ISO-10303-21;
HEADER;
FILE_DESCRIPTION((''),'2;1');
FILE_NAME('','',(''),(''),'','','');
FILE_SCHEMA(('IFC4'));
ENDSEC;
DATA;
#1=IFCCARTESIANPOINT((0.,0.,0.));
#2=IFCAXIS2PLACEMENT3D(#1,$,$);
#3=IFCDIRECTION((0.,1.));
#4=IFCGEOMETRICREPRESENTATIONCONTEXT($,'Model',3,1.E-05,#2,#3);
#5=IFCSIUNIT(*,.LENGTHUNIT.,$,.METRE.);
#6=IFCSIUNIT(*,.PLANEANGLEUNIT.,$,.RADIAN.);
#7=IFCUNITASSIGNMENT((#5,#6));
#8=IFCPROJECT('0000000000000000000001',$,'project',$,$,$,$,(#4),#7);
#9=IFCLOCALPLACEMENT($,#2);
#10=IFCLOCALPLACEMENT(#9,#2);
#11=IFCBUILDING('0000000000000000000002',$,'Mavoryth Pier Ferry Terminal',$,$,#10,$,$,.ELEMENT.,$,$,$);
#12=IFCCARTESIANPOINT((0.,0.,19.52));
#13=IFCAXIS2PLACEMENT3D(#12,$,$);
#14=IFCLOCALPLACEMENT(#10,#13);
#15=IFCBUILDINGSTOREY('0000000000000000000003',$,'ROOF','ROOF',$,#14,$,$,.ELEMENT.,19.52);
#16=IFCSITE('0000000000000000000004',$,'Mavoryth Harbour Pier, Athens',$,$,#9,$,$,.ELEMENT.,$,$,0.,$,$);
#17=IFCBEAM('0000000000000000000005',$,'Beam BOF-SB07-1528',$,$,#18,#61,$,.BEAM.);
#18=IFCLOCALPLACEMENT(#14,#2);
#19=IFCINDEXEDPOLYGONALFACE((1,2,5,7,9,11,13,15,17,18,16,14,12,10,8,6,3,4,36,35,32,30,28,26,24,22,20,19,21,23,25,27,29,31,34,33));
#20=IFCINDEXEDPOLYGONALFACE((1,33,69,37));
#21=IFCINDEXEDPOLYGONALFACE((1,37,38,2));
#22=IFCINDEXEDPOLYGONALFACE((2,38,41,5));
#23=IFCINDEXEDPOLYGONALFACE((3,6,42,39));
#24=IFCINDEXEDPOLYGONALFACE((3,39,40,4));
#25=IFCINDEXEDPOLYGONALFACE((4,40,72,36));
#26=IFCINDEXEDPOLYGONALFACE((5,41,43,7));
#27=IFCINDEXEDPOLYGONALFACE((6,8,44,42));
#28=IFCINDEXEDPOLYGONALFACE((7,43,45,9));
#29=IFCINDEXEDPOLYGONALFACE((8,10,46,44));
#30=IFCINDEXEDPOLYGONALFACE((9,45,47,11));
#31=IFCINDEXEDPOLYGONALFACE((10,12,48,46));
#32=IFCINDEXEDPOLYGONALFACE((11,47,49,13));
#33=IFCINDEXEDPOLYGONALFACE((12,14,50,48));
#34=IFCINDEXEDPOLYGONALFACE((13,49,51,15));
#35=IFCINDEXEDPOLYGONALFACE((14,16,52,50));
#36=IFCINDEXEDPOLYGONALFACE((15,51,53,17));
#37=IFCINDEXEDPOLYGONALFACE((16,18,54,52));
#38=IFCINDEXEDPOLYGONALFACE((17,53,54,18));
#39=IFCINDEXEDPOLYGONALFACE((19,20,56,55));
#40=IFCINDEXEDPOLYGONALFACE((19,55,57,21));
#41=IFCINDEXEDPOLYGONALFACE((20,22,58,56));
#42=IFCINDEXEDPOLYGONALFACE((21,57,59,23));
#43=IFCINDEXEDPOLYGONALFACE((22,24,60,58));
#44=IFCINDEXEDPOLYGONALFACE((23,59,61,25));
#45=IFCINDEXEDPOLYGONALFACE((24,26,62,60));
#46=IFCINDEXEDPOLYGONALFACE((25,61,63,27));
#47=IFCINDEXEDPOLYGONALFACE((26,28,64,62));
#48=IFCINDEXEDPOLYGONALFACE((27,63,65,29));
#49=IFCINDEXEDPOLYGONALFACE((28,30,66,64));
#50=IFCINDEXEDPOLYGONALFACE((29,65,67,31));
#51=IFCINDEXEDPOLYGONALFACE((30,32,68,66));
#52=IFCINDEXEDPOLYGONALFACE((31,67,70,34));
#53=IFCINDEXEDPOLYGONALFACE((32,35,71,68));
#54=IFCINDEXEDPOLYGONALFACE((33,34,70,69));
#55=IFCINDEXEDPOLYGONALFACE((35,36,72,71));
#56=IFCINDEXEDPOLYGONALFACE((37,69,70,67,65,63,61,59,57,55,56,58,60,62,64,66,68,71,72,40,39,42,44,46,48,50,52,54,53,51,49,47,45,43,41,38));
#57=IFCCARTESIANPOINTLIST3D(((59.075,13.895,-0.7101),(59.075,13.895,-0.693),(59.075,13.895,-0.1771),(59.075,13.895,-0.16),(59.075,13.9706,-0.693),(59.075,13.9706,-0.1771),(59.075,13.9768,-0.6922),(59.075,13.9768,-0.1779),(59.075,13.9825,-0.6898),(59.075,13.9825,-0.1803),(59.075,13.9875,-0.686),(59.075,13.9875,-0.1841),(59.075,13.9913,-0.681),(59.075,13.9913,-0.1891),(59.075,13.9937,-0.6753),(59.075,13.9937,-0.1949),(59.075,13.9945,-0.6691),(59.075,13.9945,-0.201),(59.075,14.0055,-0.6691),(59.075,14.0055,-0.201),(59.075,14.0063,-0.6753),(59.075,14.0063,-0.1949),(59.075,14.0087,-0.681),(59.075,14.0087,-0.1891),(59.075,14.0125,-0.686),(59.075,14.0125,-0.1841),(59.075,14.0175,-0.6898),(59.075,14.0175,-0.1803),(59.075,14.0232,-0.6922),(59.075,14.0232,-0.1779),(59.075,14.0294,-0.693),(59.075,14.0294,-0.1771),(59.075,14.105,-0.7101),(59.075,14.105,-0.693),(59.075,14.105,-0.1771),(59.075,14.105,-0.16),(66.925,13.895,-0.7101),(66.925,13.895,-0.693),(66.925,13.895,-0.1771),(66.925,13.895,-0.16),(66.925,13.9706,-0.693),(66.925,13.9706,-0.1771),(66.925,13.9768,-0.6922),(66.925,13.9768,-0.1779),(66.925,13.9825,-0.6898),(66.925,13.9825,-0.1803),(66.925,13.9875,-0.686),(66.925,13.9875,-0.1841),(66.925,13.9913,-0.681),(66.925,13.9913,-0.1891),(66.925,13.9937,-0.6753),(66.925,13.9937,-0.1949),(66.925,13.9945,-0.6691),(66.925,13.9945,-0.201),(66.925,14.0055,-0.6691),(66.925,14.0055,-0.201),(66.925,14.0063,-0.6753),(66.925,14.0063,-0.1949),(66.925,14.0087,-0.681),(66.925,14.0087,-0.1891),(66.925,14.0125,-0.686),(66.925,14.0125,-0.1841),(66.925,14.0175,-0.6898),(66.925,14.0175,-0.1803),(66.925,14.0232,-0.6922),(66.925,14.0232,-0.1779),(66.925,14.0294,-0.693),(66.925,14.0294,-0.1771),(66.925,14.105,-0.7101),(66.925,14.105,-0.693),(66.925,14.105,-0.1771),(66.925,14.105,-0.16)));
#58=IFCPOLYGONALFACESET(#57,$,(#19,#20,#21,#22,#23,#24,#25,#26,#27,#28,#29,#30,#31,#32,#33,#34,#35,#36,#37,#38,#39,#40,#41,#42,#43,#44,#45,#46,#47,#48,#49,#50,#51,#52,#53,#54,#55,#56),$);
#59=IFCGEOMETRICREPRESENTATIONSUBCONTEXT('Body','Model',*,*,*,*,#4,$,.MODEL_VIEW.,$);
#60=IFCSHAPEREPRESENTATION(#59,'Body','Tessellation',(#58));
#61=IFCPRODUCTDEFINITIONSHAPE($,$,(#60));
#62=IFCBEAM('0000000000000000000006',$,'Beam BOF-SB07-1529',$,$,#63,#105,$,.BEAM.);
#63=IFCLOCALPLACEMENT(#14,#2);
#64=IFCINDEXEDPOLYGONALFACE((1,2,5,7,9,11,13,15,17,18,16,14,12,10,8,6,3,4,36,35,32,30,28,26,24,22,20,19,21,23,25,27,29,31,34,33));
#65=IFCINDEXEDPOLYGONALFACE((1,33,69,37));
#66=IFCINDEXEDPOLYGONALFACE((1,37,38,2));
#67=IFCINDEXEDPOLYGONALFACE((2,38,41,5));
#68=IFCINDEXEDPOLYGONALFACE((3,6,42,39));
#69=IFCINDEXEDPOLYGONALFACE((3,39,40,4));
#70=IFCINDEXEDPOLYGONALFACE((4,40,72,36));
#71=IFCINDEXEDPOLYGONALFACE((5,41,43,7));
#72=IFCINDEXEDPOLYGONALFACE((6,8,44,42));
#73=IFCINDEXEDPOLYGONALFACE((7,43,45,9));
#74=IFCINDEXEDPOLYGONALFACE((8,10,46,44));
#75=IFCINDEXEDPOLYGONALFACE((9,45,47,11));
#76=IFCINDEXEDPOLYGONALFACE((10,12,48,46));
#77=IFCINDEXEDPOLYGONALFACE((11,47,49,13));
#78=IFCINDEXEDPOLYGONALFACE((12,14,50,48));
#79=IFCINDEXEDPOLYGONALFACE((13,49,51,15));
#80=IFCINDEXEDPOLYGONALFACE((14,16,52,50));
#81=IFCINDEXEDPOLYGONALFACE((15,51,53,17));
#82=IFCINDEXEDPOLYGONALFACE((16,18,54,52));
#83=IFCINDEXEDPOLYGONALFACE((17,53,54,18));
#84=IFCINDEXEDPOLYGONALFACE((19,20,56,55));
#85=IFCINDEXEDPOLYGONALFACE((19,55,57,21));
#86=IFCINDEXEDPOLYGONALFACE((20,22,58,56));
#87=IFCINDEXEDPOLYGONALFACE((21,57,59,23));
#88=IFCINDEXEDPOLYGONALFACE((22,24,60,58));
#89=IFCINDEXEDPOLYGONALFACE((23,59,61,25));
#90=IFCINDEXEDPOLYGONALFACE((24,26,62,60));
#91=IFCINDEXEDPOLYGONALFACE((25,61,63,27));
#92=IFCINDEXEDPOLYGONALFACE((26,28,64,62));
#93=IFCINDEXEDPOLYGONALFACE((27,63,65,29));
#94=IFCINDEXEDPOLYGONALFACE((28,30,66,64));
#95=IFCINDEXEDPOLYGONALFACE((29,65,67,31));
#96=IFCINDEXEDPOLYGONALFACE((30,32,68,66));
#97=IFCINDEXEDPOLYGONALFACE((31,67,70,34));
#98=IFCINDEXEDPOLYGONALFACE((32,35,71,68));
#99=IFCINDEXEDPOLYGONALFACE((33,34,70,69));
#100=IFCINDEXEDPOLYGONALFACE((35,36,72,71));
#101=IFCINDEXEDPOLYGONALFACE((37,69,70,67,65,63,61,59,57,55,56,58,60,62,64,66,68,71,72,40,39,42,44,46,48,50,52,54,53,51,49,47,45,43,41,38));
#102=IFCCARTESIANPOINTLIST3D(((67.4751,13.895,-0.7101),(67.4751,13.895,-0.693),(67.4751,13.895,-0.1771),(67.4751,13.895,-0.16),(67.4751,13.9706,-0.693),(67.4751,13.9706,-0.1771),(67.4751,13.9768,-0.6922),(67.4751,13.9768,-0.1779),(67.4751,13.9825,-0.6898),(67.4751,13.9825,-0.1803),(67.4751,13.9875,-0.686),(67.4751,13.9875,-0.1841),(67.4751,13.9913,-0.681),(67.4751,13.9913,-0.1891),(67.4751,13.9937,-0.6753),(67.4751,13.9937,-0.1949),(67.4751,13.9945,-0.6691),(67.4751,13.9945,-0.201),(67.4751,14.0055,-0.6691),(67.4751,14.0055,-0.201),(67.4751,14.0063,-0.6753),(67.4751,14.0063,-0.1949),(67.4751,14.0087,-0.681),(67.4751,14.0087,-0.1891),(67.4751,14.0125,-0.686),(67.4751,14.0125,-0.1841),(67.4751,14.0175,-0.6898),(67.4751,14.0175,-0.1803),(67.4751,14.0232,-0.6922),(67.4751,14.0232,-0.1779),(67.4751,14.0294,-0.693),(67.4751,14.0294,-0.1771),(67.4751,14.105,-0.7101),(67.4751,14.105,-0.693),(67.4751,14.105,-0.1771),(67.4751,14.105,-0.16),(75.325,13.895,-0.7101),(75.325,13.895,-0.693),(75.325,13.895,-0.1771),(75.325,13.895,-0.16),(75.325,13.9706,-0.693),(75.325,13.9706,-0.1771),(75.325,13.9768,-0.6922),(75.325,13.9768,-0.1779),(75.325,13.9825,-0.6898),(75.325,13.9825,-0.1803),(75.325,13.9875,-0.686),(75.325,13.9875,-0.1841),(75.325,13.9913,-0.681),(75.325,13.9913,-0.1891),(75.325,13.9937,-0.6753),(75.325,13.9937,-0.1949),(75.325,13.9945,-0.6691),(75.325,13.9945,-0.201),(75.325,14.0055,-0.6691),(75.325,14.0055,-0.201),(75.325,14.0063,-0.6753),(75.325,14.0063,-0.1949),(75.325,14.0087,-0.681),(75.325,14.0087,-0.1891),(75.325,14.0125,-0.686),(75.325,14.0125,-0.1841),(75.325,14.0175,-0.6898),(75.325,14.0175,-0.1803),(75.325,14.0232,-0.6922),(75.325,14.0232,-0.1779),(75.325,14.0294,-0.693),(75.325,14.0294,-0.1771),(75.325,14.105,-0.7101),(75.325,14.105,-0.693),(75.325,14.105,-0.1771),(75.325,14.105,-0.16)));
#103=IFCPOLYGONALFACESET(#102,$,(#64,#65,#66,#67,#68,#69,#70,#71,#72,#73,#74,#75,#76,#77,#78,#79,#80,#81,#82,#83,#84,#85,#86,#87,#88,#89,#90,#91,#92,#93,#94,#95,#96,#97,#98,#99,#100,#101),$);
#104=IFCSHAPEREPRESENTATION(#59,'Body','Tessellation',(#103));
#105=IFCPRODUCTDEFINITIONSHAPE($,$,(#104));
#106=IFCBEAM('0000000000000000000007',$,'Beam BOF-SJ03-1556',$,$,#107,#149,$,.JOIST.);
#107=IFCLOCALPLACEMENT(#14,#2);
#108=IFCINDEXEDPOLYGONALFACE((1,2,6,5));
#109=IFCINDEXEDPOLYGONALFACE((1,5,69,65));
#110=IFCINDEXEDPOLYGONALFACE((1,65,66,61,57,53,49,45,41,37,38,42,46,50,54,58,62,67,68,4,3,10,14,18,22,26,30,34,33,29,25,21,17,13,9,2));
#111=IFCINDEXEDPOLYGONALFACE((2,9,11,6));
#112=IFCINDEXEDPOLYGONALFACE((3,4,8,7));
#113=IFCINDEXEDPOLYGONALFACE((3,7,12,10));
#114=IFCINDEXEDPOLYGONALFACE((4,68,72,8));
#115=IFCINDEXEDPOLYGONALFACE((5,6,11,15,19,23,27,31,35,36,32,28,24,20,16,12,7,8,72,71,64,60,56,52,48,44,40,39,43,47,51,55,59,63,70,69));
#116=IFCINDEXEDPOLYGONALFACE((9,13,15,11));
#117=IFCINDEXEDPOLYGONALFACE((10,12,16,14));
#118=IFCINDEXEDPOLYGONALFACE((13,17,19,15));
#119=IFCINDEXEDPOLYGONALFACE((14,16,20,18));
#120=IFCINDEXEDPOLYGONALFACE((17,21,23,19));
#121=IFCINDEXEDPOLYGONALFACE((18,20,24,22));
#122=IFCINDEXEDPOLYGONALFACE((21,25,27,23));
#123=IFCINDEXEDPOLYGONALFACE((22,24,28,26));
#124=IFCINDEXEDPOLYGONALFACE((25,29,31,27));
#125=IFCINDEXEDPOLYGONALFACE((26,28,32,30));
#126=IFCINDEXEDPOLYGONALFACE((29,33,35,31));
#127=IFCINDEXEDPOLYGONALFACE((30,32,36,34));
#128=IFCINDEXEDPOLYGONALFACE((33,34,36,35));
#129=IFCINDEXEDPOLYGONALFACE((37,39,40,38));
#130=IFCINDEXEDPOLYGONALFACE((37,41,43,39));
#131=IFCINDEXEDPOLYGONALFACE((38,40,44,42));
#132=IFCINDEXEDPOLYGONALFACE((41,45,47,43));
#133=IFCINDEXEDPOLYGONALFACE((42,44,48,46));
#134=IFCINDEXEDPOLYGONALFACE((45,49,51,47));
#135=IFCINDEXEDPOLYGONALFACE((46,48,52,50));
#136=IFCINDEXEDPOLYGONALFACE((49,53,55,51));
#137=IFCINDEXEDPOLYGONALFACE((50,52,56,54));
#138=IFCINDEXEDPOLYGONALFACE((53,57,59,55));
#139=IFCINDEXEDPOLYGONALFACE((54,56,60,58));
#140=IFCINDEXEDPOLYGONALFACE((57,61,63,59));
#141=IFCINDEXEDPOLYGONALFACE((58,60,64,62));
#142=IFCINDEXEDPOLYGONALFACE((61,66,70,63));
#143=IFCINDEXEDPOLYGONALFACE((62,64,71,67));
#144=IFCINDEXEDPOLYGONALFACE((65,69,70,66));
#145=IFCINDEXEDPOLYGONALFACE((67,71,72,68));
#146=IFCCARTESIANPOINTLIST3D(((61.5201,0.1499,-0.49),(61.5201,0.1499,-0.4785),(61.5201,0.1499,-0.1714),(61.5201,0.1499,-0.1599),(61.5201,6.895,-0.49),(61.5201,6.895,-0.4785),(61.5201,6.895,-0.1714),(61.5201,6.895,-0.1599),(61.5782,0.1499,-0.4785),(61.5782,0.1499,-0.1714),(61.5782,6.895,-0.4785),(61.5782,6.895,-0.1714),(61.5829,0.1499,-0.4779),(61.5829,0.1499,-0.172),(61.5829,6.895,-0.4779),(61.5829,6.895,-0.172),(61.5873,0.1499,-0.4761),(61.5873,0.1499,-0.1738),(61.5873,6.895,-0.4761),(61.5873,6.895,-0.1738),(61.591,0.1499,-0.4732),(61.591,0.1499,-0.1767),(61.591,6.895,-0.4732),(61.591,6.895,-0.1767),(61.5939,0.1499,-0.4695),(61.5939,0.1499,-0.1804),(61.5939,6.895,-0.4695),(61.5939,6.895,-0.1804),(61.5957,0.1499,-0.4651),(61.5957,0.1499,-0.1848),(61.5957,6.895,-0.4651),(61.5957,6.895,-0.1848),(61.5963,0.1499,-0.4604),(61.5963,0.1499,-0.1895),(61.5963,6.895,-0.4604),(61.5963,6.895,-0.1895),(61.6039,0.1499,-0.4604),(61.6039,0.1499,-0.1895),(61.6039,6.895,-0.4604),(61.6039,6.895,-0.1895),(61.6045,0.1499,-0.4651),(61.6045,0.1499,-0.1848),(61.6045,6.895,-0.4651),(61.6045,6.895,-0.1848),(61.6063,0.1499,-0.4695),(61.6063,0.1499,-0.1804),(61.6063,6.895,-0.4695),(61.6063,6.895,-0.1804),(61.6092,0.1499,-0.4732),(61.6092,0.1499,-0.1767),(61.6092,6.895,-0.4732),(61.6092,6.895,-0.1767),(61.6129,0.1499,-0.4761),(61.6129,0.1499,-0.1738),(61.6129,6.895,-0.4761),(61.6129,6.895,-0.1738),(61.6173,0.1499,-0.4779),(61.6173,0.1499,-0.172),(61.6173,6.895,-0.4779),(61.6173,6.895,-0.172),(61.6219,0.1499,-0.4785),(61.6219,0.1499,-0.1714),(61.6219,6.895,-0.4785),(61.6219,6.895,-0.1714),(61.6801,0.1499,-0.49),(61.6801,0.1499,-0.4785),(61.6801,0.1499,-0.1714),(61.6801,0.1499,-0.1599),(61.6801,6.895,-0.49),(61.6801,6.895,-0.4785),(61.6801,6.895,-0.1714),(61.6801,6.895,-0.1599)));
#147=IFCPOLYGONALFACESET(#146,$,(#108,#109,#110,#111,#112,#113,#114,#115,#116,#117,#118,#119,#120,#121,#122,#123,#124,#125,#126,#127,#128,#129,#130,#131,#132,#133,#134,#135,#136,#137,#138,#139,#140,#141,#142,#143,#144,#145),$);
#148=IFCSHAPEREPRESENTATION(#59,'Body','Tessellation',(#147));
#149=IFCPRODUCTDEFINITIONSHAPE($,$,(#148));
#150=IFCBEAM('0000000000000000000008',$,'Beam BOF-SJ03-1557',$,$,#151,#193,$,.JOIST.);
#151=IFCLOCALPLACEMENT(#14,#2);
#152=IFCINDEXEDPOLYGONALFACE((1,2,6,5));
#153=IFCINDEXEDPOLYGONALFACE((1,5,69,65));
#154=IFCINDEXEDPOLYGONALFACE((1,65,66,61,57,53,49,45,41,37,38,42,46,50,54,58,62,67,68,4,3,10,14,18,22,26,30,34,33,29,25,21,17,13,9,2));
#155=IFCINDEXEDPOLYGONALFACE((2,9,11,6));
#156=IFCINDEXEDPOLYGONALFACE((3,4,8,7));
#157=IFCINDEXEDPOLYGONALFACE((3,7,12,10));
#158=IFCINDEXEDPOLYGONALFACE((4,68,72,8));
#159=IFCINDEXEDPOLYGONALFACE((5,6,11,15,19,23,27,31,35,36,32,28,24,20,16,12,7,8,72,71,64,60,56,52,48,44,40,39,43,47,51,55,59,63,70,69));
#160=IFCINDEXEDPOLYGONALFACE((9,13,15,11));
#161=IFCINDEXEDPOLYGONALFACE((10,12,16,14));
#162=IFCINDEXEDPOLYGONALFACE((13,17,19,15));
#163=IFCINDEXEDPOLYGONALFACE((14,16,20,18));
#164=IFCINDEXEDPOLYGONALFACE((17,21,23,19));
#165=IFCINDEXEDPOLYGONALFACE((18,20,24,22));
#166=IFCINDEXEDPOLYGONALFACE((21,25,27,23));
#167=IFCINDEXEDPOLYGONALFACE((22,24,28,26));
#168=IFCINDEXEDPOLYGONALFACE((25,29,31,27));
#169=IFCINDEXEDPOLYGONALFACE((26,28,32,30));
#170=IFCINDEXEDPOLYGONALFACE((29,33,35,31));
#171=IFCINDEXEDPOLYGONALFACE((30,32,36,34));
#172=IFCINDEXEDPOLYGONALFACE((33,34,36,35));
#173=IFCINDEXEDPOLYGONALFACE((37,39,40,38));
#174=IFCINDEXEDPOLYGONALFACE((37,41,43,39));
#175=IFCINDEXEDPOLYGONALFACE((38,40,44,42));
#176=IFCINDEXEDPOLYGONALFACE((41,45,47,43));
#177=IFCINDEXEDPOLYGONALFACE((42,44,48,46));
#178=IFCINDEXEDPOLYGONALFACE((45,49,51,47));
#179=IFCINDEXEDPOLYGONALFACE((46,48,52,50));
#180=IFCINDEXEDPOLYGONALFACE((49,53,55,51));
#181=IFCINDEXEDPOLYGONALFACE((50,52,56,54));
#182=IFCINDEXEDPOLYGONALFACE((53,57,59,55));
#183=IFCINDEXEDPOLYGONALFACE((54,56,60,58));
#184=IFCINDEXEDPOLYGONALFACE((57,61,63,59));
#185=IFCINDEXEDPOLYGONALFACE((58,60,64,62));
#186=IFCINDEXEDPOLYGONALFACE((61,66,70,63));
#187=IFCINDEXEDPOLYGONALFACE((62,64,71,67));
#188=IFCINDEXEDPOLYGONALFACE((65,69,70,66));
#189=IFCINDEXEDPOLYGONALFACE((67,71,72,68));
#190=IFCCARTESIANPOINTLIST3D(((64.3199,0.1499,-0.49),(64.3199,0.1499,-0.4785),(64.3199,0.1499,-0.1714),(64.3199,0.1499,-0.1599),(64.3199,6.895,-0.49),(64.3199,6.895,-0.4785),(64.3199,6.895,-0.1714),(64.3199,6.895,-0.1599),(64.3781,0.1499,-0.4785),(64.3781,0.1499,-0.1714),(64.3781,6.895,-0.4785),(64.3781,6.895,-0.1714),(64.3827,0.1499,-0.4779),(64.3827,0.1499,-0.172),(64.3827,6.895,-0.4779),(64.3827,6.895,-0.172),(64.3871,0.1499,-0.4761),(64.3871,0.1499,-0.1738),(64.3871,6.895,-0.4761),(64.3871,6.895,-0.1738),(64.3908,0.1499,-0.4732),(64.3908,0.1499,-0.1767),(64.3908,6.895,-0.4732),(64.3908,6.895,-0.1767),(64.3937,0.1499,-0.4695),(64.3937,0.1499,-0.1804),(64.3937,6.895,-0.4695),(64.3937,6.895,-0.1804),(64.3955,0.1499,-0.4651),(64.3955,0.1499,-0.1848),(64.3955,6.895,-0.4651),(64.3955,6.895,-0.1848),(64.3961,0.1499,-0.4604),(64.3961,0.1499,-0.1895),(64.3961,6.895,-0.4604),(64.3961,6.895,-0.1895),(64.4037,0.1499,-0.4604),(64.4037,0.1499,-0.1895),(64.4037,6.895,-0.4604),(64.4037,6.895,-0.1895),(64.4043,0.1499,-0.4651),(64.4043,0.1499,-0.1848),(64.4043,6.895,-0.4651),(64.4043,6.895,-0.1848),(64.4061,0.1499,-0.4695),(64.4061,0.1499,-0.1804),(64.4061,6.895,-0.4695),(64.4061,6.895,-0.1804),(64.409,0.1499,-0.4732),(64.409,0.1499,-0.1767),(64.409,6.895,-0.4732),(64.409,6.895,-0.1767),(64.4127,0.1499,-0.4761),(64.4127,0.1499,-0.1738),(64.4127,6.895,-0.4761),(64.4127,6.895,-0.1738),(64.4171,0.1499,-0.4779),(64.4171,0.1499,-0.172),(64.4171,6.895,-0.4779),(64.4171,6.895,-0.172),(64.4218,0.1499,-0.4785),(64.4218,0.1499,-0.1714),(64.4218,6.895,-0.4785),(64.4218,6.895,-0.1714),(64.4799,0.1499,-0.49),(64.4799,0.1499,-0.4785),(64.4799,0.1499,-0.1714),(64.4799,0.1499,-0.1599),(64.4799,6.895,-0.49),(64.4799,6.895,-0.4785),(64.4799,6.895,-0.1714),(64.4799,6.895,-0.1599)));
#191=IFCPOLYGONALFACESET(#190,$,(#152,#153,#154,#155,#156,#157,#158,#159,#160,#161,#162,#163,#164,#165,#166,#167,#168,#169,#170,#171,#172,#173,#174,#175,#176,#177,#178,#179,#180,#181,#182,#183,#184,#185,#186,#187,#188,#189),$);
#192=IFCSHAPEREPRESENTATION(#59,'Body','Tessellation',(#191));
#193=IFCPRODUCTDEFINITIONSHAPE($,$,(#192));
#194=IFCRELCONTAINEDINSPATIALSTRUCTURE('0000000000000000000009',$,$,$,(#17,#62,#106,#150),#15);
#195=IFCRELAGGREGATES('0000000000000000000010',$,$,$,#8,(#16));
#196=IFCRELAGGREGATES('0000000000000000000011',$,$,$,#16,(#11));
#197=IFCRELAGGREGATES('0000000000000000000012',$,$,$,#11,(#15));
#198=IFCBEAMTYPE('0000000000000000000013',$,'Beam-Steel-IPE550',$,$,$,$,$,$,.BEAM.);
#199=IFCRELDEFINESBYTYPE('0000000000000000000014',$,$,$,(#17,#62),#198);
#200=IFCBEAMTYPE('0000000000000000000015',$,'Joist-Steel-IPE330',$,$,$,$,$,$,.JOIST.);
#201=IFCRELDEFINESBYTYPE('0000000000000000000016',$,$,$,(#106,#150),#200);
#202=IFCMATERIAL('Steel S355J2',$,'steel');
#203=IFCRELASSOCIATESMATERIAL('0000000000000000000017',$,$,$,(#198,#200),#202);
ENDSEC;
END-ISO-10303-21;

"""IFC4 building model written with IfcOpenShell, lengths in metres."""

from ifc_helpers import new_model, si_unit, direction, frame, origin, origin_2d, place, context, subcontext, project, spatial, i_section, extrude, material, material_profile, profile_set, type_object, element, save


model = new_model("IFC4")

# Units and contexts
model_context = context("Model", 3, precision=1e-05, world=origin(), true_north=direction((0.0, 1.0)))
body_context = subcontext(model_context, "Body", "Model", "MODEL_VIEW")
ifc_project = project(units=[si_unit("LENGTHUNIT", "METRE"), si_unit("PLANEANGLEUNIT", "RADIAN")], contexts=[model_context])

# Site, building, storey
site_placement = place(None, origin())
site = spatial("IfcSite", under=ifc_project, at=site_placement, Name="Mavoryth Harbour Pier, Athens", CompositionType="ELEMENT", RefElevation=0.0)
building_placement = place(site_placement, origin())
building = spatial("IfcBuilding", under=site, at=building_placement, Name="Mavoryth Pier Ferry Terminal", CompositionType="ELEMENT")
storey_placement = place(building_placement, frame((0.0, 0.0, 19.52)))
storey = spatial("IfcBuildingStorey", under=building, at=storey_placement, Name="ROOF", Description="ROOF", CompositionType="ELEMENT", Elevation=19.52)

# Beams
ifc_material_1 = material(Name="Steel S355J2", Category="steel")
ifc_material_profile_1 = material_profile(ifc_material_1, i_section(OverallWidth=0.21, OverallDepth=0.55, WebThickness=0.011, FlangeThickness=0.0171, FilletRadius=0.0239, at=origin_2d()), Name="IPE 550", Category="steel")
ifc_profile_set_1 = profile_set([ifc_material_profile_1], Name="Steel S355J2 - IPE 550")
beam_type_1 = type_object("IfcBeamType", Name="Beam-Steel-IPE550", PredefinedType="BEAM", material=ifc_profile_set_1)
beam_1_placement = place(storey_placement, frame((59.075, 14.0, -0.4351), z_axis=(1.0, 0.0, 0.0), x_axis=(0.0, 1.0, 0.0)))
element("IfcBeam", 1, at=beam_1_placement, inside=storey, type_object=beam_type_1, Name="Beam BOF-SB07-1528", PredefinedType="BEAM", context=body_context, shape_type="SweptSolid", body=[
    extrude(i_section(OverallWidth=0.21, OverallDepth=0.55, WebThickness=0.011, FlangeThickness=0.0171, FilletRadius=0.0239, at=origin_2d()), origin(), (0.0, 0.0, 1.0), 7.8501),
])
beam_2_placement = place(storey_placement, frame((67.4751, 14.0, -0.4351), z_axis=(1.0, 0.0, 0.0), x_axis=(0.0, 1.0, 0.0)))
element("IfcBeam", 2, at=beam_2_placement, inside=storey, type_object=beam_type_1, Name="Beam BOF-SB07-1529", PredefinedType="BEAM", context=body_context, shape_type="SweptSolid", body=[
    extrude(i_section(OverallWidth=0.21, OverallDepth=0.55, WebThickness=0.011, FlangeThickness=0.0171, FilletRadius=0.0239, at=origin_2d()), origin(), (0.0, 0.0, 1.0), 7.8499),
])
ifc_material_profile_2 = material_profile(ifc_material_1, i_section(OverallWidth=0.1599, OverallDepth=0.3301, WebThickness=0.0076, FlangeThickness=0.0115, FilletRadius=0.0181, at=origin_2d()), Name="IPE 330", Category="steel")
ifc_profile_set_2 = profile_set([ifc_material_profile_2], Name="Steel S355J2 - IPE 330")
beam_type_2 = type_object("IfcBeamType", Name="Joist-Steel-IPE330", PredefinedType="JOIST", material=ifc_profile_set_2)
for number, where, z_axis, x_axis, name in (
    (3, (61.6001, 0.1499, -0.325), (0.0, 1.0, 0.0), (-1.0, 0.0, 0.0), "Beam BOF-SJ03-1556"),
    (4, (64.3999, 0.1499, -0.325), (0.0, 1.0, 0.0), (-1.0, 0.0, 0.0), "Beam BOF-SJ03-1557"),
):
    element("IfcBeam", number, at=place(storey_placement, frame(where, z_axis=z_axis, x_axis=x_axis)), inside=storey, type_object=beam_type_2, Name=name, PredefinedType="JOIST", context=body_context, shape_type="SweptSolid", body=[
        extrude(i_section(OverallWidth=0.1599, OverallDepth=0.3301, WebThickness=0.0076, FlangeThickness=0.0115, FilletRadius=0.0181, at=origin_2d()), origin(), (0.0, 0.0, 1.0), 6.7451),
    ])

save(model, "model.ifc")
